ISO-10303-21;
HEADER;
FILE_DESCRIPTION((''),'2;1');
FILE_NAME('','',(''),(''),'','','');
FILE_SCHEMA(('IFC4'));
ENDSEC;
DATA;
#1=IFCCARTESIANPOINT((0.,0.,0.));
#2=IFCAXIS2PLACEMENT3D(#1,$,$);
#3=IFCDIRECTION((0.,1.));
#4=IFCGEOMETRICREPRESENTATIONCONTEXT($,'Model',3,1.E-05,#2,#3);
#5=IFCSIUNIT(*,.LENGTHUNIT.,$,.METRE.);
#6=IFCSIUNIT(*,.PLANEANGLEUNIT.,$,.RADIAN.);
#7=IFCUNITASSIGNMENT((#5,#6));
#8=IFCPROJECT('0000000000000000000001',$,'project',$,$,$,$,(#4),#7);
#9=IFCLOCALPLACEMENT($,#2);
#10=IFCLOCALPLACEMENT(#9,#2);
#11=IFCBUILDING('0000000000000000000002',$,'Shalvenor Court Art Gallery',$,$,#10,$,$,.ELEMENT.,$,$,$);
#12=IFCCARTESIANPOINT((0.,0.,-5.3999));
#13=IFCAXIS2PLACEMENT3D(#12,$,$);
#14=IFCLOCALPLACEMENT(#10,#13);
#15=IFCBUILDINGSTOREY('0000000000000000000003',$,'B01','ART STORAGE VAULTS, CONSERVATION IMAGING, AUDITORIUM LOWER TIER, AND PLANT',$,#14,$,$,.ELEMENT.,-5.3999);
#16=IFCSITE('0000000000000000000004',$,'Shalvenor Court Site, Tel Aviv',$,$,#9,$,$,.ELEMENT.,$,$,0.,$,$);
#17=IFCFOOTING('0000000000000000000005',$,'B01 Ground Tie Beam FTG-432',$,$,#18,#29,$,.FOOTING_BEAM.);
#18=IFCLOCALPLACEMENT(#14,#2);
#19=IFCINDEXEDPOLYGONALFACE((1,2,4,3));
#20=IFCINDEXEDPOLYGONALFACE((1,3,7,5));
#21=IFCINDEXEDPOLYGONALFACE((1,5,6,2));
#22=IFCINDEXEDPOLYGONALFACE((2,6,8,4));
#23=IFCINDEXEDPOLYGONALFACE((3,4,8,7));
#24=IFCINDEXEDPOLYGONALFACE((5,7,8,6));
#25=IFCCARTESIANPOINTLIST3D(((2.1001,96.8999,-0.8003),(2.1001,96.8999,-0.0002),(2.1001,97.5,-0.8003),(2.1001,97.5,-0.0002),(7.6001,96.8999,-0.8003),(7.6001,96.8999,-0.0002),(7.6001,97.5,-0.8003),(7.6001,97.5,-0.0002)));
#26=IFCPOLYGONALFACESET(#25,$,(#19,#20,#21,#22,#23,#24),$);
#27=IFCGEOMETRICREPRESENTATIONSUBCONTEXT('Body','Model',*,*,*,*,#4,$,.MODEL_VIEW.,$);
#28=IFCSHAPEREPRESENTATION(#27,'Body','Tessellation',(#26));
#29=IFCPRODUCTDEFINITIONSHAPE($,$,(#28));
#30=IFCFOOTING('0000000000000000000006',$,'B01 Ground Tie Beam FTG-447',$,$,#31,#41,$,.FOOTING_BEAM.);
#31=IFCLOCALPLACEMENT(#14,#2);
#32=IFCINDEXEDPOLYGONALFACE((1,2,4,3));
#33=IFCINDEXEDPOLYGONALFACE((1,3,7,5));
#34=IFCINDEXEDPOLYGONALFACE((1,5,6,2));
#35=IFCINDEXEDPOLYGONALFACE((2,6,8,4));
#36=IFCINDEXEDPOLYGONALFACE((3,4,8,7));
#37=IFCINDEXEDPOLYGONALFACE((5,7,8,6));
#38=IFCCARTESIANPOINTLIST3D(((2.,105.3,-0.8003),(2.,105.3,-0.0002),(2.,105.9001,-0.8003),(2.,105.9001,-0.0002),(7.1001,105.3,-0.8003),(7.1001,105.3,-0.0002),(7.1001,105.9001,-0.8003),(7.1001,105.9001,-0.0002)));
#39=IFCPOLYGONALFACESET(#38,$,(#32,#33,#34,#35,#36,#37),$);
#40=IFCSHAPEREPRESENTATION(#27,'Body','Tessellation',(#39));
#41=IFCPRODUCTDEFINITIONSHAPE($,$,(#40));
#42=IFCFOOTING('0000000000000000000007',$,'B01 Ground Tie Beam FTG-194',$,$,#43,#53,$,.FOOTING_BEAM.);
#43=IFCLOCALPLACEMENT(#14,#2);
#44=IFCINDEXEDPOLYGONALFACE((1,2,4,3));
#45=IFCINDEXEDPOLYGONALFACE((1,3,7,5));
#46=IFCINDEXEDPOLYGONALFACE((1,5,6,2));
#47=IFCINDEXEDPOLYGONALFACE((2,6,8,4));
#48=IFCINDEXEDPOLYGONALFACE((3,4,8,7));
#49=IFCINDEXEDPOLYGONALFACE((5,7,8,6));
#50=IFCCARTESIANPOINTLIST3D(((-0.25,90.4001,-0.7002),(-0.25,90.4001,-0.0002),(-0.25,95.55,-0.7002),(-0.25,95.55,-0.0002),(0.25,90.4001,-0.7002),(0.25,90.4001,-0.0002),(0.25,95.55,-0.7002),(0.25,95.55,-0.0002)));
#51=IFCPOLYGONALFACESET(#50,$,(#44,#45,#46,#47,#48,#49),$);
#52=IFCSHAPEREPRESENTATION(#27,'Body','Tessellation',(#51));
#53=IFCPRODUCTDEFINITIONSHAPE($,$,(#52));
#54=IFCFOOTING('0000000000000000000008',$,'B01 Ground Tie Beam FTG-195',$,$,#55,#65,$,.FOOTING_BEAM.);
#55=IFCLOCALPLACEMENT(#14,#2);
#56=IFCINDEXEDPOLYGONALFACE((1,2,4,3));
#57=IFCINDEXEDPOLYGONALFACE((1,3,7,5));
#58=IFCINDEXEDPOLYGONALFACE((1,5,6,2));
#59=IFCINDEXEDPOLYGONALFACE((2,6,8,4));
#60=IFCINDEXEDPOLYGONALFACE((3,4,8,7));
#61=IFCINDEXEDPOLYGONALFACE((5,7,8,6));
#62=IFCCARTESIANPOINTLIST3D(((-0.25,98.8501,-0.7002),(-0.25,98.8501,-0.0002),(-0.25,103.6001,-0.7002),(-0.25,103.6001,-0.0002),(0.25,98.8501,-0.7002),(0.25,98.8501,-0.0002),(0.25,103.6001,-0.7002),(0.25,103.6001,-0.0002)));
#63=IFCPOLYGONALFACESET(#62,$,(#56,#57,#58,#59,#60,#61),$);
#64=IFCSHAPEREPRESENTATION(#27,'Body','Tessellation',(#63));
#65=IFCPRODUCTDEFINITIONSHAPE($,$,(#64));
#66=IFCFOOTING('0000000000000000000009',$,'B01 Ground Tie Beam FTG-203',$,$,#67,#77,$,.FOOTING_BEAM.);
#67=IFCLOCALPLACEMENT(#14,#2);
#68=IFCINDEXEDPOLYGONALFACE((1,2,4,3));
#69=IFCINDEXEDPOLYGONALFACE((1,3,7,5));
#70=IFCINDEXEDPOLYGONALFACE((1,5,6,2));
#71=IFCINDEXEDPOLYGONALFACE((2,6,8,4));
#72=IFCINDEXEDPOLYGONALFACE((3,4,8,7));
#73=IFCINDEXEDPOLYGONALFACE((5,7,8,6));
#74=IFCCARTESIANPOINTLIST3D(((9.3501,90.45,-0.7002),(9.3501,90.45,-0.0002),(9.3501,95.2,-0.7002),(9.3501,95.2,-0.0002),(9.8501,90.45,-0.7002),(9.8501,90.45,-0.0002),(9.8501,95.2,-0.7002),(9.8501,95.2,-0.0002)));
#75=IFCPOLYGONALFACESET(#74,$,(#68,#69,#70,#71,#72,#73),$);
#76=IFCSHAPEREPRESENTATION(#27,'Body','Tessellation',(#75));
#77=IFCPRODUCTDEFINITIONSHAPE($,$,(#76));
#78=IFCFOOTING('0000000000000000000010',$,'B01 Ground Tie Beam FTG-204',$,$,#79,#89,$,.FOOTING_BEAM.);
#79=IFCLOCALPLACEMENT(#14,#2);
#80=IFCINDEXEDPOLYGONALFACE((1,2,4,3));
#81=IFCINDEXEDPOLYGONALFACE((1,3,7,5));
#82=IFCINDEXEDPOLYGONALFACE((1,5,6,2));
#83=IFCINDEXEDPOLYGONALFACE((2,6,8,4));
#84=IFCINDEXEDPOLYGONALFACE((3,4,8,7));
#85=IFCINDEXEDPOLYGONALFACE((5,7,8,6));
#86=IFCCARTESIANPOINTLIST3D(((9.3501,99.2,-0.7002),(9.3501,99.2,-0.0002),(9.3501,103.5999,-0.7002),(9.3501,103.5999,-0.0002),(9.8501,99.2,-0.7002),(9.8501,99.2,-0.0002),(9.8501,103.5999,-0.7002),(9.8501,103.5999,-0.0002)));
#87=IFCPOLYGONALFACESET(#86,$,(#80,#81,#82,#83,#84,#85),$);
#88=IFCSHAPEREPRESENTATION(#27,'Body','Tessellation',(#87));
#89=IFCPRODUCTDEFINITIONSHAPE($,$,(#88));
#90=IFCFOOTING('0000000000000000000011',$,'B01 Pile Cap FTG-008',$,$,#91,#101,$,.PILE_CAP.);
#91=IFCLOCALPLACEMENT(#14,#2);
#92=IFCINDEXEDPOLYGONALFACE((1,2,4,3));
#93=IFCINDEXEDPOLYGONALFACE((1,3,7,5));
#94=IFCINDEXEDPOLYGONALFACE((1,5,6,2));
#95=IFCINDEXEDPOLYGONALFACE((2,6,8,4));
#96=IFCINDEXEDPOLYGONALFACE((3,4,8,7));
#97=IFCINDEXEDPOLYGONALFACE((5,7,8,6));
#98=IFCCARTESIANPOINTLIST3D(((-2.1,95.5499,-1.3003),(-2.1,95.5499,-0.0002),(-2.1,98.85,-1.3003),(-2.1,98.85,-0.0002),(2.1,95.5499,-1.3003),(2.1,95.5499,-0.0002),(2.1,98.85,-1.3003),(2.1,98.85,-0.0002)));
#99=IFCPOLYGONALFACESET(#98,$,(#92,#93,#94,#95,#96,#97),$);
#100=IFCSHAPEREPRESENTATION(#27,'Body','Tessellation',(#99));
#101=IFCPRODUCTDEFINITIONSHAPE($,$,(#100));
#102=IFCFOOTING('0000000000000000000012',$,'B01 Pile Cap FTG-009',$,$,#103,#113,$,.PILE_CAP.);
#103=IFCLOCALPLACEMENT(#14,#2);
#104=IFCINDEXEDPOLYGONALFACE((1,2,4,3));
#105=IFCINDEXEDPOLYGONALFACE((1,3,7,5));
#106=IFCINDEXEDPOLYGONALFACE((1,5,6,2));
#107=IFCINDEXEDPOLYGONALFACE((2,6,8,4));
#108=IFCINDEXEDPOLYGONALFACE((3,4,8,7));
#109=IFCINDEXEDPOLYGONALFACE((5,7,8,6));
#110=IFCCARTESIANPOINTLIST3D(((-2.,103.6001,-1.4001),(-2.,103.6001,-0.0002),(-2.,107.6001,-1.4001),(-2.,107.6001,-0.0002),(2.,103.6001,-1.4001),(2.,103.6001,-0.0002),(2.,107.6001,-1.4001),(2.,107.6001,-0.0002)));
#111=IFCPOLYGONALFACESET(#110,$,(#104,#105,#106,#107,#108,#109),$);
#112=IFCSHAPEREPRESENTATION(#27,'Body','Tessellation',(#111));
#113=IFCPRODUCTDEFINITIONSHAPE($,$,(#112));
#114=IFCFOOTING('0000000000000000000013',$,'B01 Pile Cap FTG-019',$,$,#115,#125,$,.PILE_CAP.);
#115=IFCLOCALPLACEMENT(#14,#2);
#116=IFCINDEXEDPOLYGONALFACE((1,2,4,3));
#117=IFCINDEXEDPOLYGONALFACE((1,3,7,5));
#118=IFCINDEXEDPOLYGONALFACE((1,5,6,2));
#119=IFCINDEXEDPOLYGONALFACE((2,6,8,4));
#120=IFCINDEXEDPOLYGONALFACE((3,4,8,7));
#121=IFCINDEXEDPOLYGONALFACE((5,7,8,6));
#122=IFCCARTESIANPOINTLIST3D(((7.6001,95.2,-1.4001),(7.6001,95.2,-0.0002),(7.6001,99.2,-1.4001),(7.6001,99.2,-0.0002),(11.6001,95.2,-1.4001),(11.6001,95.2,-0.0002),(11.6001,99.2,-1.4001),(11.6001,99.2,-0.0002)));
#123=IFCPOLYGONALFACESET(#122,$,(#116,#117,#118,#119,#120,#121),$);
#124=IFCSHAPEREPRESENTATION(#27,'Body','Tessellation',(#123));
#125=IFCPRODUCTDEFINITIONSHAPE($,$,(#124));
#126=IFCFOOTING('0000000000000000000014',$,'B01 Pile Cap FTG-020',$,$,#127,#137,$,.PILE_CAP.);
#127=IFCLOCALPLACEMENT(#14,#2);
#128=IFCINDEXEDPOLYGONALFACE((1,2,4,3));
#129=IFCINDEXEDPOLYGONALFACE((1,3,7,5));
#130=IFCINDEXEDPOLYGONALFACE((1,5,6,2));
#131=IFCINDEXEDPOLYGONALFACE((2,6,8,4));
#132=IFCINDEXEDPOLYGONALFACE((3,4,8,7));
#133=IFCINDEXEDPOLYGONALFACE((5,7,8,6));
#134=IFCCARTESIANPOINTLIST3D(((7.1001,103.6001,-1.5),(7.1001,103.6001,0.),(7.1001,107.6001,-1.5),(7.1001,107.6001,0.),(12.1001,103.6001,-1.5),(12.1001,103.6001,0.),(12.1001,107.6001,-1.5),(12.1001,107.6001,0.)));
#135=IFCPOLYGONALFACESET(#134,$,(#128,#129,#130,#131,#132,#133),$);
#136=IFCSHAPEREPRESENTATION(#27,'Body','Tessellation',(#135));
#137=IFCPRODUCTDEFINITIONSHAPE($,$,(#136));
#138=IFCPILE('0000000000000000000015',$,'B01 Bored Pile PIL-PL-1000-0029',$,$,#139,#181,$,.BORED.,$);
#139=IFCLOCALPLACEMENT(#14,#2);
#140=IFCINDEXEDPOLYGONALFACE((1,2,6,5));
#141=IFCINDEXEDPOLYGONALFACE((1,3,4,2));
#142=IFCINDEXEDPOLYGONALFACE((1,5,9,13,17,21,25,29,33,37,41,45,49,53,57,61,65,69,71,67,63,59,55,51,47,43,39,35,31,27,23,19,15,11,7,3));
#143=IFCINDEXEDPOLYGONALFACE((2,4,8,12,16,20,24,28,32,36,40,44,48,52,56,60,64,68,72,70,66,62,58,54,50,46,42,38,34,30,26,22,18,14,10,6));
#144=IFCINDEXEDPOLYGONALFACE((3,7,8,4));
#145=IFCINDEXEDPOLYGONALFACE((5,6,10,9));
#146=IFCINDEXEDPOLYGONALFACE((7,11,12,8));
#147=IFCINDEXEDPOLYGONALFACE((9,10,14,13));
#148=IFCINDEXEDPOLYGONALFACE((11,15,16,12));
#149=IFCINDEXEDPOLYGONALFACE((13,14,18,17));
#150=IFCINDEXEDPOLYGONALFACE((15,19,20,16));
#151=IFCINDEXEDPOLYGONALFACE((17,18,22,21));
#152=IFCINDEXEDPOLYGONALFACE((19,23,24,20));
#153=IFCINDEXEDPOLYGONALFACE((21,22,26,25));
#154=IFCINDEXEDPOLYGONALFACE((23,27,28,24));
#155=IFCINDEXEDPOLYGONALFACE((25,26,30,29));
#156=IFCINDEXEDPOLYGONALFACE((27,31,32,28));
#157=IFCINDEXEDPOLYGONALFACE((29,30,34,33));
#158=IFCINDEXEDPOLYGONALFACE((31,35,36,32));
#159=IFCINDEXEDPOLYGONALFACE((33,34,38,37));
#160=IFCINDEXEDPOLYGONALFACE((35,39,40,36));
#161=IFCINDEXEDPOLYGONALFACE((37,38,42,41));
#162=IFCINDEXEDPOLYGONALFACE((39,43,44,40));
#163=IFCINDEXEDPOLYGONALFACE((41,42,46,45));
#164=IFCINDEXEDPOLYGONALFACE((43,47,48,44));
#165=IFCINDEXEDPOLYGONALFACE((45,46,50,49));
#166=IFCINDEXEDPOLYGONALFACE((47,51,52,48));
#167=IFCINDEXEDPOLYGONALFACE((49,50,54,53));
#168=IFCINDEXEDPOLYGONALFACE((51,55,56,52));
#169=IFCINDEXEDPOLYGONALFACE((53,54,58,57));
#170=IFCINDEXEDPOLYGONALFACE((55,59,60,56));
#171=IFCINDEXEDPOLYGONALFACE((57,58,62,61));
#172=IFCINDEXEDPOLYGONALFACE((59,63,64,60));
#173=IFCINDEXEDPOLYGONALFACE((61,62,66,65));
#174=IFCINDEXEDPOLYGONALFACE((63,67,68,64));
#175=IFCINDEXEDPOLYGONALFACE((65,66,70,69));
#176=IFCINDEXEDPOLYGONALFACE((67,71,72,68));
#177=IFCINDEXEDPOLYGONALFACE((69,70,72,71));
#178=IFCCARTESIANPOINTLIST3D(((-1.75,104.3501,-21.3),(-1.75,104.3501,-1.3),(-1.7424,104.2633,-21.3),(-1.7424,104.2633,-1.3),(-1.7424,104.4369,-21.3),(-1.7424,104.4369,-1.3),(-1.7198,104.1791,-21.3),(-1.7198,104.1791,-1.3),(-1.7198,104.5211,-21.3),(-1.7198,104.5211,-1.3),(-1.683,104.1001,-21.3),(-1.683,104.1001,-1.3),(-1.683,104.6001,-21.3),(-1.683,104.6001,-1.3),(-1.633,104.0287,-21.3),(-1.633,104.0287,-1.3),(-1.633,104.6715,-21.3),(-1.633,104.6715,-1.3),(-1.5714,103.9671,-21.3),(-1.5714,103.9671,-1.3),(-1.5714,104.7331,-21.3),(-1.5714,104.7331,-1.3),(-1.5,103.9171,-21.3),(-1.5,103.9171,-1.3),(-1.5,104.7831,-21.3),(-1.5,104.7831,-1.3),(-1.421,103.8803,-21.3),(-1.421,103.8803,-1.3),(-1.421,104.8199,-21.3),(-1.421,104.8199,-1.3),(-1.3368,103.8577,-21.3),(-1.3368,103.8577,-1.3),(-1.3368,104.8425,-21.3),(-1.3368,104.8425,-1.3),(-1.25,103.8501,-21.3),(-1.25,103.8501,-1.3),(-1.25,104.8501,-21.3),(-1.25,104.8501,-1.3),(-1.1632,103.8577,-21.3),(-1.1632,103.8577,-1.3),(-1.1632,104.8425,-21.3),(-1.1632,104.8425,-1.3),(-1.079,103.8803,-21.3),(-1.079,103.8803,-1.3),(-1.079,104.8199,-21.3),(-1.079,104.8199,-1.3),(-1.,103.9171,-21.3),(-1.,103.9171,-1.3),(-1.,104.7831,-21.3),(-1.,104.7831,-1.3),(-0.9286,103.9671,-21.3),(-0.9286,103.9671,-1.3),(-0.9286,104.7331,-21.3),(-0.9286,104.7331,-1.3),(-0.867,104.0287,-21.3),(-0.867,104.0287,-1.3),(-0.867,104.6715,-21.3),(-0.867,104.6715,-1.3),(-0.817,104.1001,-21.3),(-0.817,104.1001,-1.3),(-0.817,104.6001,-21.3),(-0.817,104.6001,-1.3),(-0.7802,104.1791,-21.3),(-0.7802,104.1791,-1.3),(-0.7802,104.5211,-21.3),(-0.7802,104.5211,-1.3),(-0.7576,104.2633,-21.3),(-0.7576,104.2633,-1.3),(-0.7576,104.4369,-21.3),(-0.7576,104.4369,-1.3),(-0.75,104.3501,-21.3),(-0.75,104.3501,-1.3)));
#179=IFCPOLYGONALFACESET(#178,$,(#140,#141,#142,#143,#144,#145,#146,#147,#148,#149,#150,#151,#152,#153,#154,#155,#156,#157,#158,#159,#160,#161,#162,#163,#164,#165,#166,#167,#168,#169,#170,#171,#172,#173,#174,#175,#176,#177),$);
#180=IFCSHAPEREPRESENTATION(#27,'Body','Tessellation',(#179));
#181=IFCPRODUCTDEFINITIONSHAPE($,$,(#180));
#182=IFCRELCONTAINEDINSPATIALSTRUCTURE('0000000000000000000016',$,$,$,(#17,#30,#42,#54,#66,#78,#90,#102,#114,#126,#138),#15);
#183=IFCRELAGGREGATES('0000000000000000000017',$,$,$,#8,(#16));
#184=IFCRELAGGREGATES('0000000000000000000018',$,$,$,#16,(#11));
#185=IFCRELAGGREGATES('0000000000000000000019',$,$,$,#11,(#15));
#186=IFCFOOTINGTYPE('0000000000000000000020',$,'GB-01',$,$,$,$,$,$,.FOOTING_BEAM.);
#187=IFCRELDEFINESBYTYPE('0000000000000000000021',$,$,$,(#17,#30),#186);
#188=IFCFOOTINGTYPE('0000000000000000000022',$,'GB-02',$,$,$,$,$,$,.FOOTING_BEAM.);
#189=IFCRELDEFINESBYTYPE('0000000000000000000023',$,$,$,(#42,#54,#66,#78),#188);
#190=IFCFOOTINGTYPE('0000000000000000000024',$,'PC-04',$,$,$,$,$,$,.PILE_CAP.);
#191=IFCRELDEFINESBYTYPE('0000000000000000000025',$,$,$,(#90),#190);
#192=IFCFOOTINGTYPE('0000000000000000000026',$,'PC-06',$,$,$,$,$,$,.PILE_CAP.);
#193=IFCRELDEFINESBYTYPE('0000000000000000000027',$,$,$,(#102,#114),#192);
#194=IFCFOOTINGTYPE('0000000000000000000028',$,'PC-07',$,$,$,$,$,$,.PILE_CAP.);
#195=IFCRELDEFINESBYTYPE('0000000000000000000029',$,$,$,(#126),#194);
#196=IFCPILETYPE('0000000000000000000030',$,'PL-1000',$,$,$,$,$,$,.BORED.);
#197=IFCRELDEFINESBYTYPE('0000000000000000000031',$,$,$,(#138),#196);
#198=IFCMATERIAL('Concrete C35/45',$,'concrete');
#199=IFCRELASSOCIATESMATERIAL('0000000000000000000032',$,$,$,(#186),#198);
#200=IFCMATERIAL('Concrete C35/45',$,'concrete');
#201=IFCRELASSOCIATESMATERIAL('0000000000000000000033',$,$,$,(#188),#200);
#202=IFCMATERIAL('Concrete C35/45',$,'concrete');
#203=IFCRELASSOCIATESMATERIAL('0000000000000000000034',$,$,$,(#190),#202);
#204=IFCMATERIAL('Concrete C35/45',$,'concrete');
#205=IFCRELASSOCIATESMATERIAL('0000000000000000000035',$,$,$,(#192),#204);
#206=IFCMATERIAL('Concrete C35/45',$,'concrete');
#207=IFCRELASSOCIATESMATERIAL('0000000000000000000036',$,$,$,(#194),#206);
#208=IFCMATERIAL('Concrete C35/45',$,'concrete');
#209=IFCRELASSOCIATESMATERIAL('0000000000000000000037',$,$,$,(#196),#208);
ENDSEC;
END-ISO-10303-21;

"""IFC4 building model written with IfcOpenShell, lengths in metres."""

from ifc_helpers import new_model, si_unit, direction, frame, origin, origin_2d, place, context, subcontext, project, spatial, rectangle, circle, extrude, material, material_profile, profile_set, type_object, element, save


model = new_model("IFC4")

# Units and contexts
model_context = context("Model", 3, precision=1e-05, world=origin(), true_north=direction((0.0, 1.0)))
body_context = subcontext(model_context, "Body", "Model", "MODEL_VIEW")
ifc_project = project(units=[si_unit("LENGTHUNIT", "METRE"), si_unit("PLANEANGLEUNIT", "RADIAN")], contexts=[model_context])

# Site, building, storey
site_placement = place(None, origin())
site = spatial("IfcSite", under=ifc_project, at=site_placement, Name="Shalvenor Court Site, Tel Aviv", CompositionType="ELEMENT", RefElevation=0.0)
building_placement = place(site_placement, origin())
building = spatial("IfcBuilding", under=site, at=building_placement, Name="Shalvenor Court Art Gallery", CompositionType="ELEMENT")
storey_placement = place(building_placement, frame((0.0, 0.0, -5.3999)))
storey = spatial("IfcBuildingStorey", under=building, at=storey_placement, Name="B01", Description="ART STORAGE VAULTS, CONSERVATION IMAGING, AUDITORIUM LOWER TIER, AND PLANT", CompositionType="ELEMENT", Elevation=-5.3999)

# Footings
ifc_material_1 = material(Name="Concrete C35/45", Category="concrete")
footing_type_1 = type_object("IfcFootingType", Name="GB-01", PredefinedType="FOOTING_BEAM", material=ifc_material_1)
footing_1_placement = place(storey_placement, frame((4.8501, 97.2, -0.8003), z_axis=(0.0, 0.0, 1.0), x_axis=(1.0, 0.0, 0.0)))
element("IfcFooting", 1, at=footing_1_placement, inside=storey, type_object=footing_type_1, Name="B01 Ground Tie Beam FTG-432", PredefinedType="FOOTING_BEAM", context=body_context, shape_type="SweptSolid", body=[
    extrude(rectangle(XDim=5.5, YDim=0.6001, at=origin_2d()), origin(), (0.0, 0.0, 1.0), 0.8),
])
footing_2_placement = place(storey_placement, frame((4.55, 105.6001, -0.8003), z_axis=(0.0, 0.0, 1.0), x_axis=(1.0, 0.0, 0.0)))
element("IfcFooting", 2, at=footing_2_placement, inside=storey, type_object=footing_type_1, Name="B01 Ground Tie Beam FTG-447", PredefinedType="FOOTING_BEAM", context=body_context, shape_type="SweptSolid", body=[
    extrude(rectangle(XDim=5.1001, YDim=0.6001, at=origin_2d()), origin(), (0.0, 0.0, 1.0), 0.8),
])
ifc_material_2 = material(Name="Concrete C35/45", Category="concrete")
footing_type_2 = type_object("IfcFootingType", Name="GB-02", PredefinedType="FOOTING_BEAM", material=ifc_material_2)
footing_3_placement = place(storey_placement, frame((0.0, 92.9751, -0.7002), z_axis=(0.0, 0.0, 1.0), x_axis=(0.0, 1.0, 0.0)))
element("IfcFooting", 3, at=footing_3_placement, inside=storey, type_object=footing_type_2, Name="B01 Ground Tie Beam FTG-194", PredefinedType="FOOTING_BEAM", context=body_context, shape_type="SweptSolid", body=[
    extrude(rectangle(XDim=5.1499, YDim=0.5, at=origin_2d()), origin(), (0.0, 0.0, 1.0), 0.7),
])
for number, where, z_axis, x_axis, name in (
    (4, (0.0, 101.2251, -0.7002), (0.0, 0.0, 1.0), (0.0, 1.0, 0.0), "B01 Ground Tie Beam FTG-195"),
    (5, (9.6001, 92.825, -0.7002), (0.0, 0.0, 1.0), (0.0, 1.0, 0.0), "B01 Ground Tie Beam FTG-203"),
):
    element("IfcFooting", number, at=place(storey_placement, frame(where, z_axis=z_axis, x_axis=x_axis)), inside=storey, type_object=footing_type_2, Name=name, PredefinedType="FOOTING_BEAM", context=body_context, shape_type="SweptSolid", body=[
        extrude(rectangle(XDim=4.75, YDim=0.5, at=origin_2d()), origin(), (0.0, 0.0, 1.0), 0.7),
    ])
footing_4_placement = place(storey_placement, frame((9.6001, 101.3999, -0.7002), z_axis=(0.0, 0.0, 1.0), x_axis=(0.0, 1.0, 0.0)))
element("IfcFooting", 6, at=footing_4_placement, inside=storey, type_object=footing_type_2, Name="B01 Ground Tie Beam FTG-204", PredefinedType="FOOTING_BEAM", context=body_context, shape_type="SweptSolid", body=[
    extrude(rectangle(XDim=4.3999, YDim=0.5, at=origin_2d()), origin(), (0.0, 0.0, 1.0), 0.7),
])
ifc_material_3 = material(Name="Concrete C35/45", Category="concrete")
footing_type_3 = type_object("IfcFootingType", Name="PC-04", PredefinedType="PILE_CAP", material=ifc_material_3)
footing_5_placement = place(storey_placement, frame((0.0, 97.2, -1.3003), z_axis=(0.0, 0.0, 1.0), x_axis=(1.0, 0.0, 0.0)))
element("IfcFooting", 7, at=footing_5_placement, inside=storey, type_object=footing_type_3, Name="B01 Pile Cap FTG-008", PredefinedType="PILE_CAP", context=body_context, shape_type="SweptSolid", body=[
    extrude(rectangle(XDim=4.2, YDim=3.3, at=origin_2d()), origin(), (0.0, 0.0, 1.0), 1.3),
])
ifc_material_4 = material(Name="Concrete C35/45", Category="concrete")
footing_type_4 = type_object("IfcFootingType", Name="PC-06", PredefinedType="PILE_CAP", material=ifc_material_4)
for number, where, z_axis, x_axis, name in (
    (8, (0.0, 105.6001, -1.4001), (0.0, 0.0, 1.0), (1.0, 0.0, 0.0), "B01 Pile Cap FTG-009"),
    (9, (9.6001, 97.2, -1.4001), (0.0, 0.0, 1.0), (1.0, 0.0, 0.0), "B01 Pile Cap FTG-019"),
):
    element("IfcFooting", number, at=place(storey_placement, frame(where, z_axis=z_axis, x_axis=x_axis)), inside=storey, type_object=footing_type_4, Name=name, PredefinedType="PILE_CAP", context=body_context, shape_type="SweptSolid", body=[
        extrude(rectangle(XDim=4.0, YDim=4.0, at=origin_2d()), origin(), (0.0, 0.0, 1.0), 1.3999),
    ])
ifc_material_5 = material(Name="Concrete C35/45", Category="concrete")
footing_type_5 = type_object("IfcFootingType", Name="PC-07", PredefinedType="PILE_CAP", material=ifc_material_5)
footing_6_placement = place(storey_placement, frame((9.6001, 105.6001, -1.5), z_axis=(0.0, 0.0, 1.0), x_axis=(1.0, 0.0, 0.0)))
element("IfcFooting", 10, at=footing_6_placement, inside=storey, type_object=footing_type_5, Name="B01 Pile Cap FTG-020", PredefinedType="PILE_CAP", context=body_context, shape_type="SweptSolid", body=[
    extrude(rectangle(XDim=5.0, YDim=4.0, at=origin_2d()), origin(), (0.0, 0.0, 1.0), 1.5),
])

# Pile
ifc_material_6 = material(Name="Concrete C35/45", Category="concrete")
ifc_material_profile_1 = material_profile(ifc_material_6, circle(Radius=0.5, at=origin_2d()), Name="PILE 1000")
ifc_profile_set_1 = profile_set([ifc_material_profile_1], Name="Concrete C35/45")
pile_type_1 = type_object("IfcPileType", Name="PL-1000", PredefinedType="BORED", material=ifc_profile_set_1)
for number, where, z_axis, x_axis, name in (
    (11, (-1.25, 104.3501, -1.3), (0.0, 0.0, -1.0), (1.0, 0.0, 0.0), "B01 Bored Pile PIL-PL-1000-0029"),
):
    element("IfcPile", number, at=place(storey_placement, frame(where, z_axis=z_axis, x_axis=x_axis)), inside=storey, type_object=pile_type_1, Name=name, PredefinedType="BORED", context=body_context, shape_type="SweptSolid", body=[
        extrude(circle(Radius=0.5, at=origin_2d()), origin(), (0.0, 0.0, 1.0), 20.0),
    ])

save(model, "model.ifc")
